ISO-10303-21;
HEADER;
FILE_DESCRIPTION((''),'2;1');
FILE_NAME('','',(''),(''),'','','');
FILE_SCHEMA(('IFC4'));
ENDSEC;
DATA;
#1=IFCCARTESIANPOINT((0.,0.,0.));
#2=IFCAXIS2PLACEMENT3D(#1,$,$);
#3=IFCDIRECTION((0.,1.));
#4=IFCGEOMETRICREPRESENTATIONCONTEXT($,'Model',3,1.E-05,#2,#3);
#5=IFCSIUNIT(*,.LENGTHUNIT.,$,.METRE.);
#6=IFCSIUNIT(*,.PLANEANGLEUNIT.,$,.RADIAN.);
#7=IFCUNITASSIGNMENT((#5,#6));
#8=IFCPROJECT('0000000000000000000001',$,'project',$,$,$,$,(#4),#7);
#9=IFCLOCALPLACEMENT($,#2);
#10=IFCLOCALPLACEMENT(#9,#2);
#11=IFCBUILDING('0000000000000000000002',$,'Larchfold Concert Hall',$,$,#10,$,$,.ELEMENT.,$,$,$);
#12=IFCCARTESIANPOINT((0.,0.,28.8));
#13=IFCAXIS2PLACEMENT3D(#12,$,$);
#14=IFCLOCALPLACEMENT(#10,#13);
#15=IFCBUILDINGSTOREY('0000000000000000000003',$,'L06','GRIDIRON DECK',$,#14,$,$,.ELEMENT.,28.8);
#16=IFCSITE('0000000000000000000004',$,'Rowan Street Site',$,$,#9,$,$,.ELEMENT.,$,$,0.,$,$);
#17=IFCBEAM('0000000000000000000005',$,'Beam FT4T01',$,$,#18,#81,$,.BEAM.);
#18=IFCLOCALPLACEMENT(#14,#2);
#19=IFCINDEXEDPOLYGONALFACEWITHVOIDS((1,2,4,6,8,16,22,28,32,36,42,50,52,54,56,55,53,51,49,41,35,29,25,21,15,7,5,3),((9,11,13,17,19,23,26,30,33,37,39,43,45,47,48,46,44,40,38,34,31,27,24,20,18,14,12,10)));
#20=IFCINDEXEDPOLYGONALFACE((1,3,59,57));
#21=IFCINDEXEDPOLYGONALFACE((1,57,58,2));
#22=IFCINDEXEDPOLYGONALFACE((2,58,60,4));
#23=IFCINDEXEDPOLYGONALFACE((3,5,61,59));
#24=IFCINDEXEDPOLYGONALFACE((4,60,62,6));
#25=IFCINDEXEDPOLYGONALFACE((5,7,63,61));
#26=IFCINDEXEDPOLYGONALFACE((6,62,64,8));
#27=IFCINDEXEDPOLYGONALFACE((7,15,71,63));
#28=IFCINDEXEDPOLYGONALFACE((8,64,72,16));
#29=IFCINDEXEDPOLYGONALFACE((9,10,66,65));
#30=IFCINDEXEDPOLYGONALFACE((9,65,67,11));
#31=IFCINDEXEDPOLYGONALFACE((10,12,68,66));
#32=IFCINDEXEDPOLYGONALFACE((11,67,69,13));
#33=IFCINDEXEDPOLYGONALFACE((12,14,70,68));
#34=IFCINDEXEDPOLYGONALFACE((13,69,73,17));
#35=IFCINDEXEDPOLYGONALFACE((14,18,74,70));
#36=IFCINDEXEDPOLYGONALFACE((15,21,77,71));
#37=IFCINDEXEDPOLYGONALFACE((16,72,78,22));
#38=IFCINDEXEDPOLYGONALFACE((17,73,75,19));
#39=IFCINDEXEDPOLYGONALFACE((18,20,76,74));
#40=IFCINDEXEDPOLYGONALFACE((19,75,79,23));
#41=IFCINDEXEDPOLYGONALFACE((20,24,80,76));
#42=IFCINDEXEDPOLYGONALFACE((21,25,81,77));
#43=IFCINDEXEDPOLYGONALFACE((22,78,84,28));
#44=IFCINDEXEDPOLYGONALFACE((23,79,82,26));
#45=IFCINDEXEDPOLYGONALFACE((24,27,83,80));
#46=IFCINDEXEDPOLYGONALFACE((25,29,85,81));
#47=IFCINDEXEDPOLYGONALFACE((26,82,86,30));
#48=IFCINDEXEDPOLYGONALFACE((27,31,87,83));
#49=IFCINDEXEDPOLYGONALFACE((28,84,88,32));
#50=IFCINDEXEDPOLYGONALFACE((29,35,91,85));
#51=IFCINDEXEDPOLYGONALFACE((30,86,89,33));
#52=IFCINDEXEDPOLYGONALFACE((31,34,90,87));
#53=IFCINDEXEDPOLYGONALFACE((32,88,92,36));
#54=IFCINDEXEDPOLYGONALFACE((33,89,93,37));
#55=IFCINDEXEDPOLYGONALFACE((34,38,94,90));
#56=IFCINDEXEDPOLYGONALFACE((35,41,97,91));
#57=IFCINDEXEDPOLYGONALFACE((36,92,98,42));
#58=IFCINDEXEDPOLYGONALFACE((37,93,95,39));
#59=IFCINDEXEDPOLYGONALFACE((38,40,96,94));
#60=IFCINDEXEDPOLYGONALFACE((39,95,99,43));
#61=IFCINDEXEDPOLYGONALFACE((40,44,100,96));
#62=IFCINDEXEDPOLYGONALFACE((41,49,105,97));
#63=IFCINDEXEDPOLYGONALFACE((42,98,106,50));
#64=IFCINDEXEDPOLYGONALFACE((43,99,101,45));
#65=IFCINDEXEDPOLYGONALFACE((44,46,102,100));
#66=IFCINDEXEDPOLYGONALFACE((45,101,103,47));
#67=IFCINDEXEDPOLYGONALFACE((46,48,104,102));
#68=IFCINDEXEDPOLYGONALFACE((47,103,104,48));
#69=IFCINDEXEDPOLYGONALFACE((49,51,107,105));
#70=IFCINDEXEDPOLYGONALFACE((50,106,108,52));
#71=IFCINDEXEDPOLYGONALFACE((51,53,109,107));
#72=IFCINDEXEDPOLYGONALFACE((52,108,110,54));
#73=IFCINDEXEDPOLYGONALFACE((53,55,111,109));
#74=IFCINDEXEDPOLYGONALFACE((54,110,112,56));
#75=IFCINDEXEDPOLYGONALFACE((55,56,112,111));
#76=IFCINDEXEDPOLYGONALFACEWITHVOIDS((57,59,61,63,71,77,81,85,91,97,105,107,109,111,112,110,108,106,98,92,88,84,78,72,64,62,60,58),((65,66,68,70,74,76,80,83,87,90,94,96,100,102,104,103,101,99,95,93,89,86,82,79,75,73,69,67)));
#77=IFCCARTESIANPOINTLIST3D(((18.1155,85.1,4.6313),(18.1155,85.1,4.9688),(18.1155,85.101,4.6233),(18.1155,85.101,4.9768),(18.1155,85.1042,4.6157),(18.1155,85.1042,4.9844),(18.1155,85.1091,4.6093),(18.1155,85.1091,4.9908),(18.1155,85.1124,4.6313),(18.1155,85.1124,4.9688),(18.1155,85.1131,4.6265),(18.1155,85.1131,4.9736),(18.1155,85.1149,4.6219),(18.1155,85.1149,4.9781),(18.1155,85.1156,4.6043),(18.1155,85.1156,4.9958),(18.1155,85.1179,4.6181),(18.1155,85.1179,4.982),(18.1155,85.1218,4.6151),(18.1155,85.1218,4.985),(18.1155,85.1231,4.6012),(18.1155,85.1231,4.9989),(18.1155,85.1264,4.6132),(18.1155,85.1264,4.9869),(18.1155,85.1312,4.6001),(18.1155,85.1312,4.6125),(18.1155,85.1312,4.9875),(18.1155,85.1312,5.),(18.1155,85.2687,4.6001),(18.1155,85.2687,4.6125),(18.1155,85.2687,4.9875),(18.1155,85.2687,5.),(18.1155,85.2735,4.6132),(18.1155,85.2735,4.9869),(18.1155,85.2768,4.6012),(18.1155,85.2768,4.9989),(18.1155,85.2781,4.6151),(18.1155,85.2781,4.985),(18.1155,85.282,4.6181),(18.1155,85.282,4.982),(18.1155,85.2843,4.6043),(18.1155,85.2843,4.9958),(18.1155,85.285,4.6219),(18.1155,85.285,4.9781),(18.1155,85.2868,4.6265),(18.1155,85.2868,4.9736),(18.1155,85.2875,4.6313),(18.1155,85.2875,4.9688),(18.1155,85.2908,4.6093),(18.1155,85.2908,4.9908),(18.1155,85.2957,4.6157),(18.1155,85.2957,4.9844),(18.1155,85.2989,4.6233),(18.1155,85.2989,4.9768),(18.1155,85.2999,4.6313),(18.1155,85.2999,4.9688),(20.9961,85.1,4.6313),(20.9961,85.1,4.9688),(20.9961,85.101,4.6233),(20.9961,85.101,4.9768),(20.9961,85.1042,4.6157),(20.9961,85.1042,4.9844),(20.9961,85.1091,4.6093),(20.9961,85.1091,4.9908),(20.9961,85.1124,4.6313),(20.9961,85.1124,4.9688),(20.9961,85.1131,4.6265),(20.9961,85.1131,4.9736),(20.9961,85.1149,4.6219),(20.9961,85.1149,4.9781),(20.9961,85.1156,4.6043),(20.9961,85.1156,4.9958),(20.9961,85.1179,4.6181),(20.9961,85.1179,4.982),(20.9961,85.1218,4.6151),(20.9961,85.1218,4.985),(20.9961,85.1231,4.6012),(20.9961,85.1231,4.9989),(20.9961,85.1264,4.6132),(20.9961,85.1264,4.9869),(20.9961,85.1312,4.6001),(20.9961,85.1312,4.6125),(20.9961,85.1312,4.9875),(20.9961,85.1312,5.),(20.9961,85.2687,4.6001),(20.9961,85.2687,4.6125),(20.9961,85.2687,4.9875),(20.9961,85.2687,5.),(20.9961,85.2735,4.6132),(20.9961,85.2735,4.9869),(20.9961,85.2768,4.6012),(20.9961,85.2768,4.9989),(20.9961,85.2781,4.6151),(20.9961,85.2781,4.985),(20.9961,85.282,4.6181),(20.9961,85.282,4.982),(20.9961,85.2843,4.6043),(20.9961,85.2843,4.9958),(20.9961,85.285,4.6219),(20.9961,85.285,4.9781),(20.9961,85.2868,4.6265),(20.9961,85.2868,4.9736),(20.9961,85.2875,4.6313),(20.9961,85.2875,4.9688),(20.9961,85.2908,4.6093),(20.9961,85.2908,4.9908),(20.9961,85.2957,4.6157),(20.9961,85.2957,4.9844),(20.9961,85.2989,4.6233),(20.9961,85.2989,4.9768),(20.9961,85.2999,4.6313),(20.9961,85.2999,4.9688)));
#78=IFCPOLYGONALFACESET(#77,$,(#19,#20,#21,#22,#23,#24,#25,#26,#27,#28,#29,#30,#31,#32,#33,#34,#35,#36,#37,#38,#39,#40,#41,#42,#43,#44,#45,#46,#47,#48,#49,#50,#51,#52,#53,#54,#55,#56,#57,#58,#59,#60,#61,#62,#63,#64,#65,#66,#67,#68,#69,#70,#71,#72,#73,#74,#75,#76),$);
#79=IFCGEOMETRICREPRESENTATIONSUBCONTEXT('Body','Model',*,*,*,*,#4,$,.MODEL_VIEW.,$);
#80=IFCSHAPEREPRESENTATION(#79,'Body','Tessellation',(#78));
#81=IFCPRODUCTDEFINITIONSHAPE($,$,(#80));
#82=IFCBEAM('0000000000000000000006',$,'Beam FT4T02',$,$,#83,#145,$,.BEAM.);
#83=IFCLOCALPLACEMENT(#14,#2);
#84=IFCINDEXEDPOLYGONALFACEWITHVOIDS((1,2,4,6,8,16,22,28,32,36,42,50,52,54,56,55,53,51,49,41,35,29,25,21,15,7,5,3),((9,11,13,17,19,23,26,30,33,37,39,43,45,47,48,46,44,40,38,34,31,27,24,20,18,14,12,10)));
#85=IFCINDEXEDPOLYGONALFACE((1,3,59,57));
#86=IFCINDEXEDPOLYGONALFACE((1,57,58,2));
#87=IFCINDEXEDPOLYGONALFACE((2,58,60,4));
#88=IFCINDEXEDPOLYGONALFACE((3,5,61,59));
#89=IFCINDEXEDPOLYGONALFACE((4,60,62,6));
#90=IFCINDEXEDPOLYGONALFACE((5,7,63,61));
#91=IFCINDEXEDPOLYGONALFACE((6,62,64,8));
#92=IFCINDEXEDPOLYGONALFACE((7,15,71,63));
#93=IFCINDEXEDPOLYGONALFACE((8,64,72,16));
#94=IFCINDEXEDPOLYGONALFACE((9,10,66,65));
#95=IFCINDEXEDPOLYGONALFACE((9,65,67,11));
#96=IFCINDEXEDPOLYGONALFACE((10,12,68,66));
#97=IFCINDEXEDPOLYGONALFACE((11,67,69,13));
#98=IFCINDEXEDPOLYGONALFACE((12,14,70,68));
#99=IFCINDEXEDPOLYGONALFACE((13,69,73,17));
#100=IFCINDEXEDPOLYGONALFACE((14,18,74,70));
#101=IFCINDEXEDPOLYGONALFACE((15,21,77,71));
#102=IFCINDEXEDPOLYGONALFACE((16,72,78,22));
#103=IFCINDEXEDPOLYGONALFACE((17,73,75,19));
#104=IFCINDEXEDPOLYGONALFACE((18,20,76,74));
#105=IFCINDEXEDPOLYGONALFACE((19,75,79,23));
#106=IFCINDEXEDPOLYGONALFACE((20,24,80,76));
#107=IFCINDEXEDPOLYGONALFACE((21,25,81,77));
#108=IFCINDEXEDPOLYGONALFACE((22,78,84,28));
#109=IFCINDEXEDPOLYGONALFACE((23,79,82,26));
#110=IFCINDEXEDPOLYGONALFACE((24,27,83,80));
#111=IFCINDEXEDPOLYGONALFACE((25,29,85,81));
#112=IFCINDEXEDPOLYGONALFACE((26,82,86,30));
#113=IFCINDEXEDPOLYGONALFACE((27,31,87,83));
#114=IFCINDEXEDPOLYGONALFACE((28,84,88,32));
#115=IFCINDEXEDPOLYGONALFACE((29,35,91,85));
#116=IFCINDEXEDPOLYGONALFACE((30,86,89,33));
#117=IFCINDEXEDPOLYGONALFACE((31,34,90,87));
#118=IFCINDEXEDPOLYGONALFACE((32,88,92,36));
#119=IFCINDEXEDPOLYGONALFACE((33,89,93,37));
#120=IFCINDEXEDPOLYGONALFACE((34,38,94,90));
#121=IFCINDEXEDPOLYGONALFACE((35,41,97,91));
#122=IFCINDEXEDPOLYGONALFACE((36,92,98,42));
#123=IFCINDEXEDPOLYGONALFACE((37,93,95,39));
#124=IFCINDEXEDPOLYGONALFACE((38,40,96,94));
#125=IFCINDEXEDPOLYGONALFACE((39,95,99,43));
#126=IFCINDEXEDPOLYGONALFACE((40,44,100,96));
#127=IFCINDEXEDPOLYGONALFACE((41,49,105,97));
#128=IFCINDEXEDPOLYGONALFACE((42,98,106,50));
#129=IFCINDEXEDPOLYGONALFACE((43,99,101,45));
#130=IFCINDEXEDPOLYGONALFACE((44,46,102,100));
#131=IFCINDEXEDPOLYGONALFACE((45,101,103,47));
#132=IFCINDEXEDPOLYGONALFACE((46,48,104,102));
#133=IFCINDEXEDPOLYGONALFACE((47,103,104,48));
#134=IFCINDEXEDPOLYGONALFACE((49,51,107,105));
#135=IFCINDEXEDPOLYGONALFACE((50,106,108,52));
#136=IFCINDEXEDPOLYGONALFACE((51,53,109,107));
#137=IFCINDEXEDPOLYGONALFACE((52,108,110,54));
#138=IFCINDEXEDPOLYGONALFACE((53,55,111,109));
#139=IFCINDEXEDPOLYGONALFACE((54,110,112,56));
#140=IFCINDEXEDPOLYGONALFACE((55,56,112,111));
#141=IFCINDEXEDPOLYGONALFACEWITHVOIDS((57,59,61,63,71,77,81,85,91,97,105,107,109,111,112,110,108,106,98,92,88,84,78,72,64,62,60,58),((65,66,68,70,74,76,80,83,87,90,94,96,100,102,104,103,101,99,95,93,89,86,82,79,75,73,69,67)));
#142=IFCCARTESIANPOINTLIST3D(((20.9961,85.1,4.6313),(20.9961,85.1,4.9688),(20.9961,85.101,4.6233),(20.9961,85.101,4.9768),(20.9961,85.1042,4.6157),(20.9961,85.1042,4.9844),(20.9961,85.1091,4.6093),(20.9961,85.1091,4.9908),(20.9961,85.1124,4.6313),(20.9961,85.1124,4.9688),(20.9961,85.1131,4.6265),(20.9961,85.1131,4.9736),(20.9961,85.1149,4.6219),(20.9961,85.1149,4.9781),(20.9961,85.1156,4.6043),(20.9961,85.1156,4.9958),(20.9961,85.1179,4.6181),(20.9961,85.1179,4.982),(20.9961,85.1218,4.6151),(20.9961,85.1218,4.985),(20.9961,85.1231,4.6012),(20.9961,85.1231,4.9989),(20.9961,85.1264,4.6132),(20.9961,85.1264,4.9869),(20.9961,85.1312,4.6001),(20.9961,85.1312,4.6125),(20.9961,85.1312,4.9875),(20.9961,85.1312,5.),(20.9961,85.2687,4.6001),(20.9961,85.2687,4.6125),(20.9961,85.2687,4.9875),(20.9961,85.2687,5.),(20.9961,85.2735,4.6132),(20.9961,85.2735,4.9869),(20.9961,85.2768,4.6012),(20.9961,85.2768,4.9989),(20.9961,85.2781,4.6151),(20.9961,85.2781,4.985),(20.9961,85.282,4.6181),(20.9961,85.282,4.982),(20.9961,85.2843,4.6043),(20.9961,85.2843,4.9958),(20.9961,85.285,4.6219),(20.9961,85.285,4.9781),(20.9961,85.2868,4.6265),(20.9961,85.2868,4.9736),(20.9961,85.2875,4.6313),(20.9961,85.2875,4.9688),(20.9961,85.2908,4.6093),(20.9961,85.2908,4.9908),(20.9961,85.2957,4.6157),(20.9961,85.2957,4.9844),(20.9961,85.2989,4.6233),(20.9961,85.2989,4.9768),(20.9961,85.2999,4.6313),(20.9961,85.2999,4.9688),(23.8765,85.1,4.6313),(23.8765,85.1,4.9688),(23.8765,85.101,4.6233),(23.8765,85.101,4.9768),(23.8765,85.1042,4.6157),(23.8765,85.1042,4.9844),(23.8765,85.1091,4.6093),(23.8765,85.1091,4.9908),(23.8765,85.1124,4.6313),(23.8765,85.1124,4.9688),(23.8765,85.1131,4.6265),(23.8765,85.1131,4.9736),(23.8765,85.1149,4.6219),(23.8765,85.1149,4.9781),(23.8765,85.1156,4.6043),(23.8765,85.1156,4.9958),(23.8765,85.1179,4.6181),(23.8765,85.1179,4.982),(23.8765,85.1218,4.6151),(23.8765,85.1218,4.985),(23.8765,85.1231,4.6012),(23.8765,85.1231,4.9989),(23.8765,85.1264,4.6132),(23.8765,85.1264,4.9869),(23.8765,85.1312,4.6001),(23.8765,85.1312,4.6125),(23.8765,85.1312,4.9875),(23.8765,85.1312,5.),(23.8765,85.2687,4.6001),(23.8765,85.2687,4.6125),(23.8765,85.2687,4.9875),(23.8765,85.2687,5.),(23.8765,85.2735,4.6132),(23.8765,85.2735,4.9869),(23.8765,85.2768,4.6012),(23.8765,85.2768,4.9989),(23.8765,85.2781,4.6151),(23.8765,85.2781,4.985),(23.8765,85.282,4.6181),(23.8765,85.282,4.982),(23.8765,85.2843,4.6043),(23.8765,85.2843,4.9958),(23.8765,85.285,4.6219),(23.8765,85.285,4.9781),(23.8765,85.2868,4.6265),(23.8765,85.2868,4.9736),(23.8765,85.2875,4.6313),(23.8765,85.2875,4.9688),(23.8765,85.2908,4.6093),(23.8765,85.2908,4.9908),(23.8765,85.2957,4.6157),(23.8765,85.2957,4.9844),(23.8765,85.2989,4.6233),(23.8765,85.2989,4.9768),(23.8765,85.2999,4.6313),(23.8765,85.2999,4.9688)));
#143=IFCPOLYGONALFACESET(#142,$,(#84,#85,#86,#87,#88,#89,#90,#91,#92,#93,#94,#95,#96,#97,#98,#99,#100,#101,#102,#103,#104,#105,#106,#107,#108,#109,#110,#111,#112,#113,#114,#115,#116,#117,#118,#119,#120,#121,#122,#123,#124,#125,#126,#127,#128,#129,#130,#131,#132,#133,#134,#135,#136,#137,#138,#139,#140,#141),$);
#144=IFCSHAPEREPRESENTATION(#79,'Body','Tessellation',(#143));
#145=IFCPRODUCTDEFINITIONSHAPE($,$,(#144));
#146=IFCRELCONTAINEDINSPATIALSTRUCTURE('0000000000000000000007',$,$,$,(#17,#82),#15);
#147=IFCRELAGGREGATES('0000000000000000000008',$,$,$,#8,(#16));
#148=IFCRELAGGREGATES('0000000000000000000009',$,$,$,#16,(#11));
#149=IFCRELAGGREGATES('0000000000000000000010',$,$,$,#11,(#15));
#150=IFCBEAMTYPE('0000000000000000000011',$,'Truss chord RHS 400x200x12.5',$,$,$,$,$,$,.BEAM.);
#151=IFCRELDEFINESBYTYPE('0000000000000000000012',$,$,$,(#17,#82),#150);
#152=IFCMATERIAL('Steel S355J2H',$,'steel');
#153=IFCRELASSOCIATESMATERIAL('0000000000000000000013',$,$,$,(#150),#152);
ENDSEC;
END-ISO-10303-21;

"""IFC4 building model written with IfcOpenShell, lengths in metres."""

from ifc_helpers import new_model, si_unit, direction, frame, origin, origin_2d, place, context, subcontext, project, spatial, hollow_rectangle, extrude, material, material_profile, profile_set, type_object, element, save


model = new_model("IFC4")

# Units and contexts
model_context = context("Model", 3, precision=1e-05, world=origin(), true_north=direction((0.0, 1.0)))
body_context = subcontext(model_context, "Body", "Model", "MODEL_VIEW")
ifc_project = project(units=[si_unit("LENGTHUNIT", "METRE"), si_unit("PLANEANGLEUNIT", "RADIAN")], contexts=[model_context])

# Site, building, storey
site_placement = place(None, origin())
site = spatial("IfcSite", under=ifc_project, at=site_placement, Name="Rowan Street Site", CompositionType="ELEMENT", RefElevation=0.0)
building_placement = place(site_placement, origin())
building = spatial("IfcBuilding", under=site, at=building_placement, Name="Larchfold Concert Hall", CompositionType="ELEMENT")
storey_placement = place(building_placement, frame((0.0, 0.0, 28.8)))
storey = spatial("IfcBuildingStorey", under=building, at=storey_placement, Name="L06", Description="GRIDIRON DECK", CompositionType="ELEMENT", Elevation=28.8)

# Beams
ifc_material_1 = material(Name="Steel S355J2H", Category="steel")
ifc_material_profile_1 = material_profile(ifc_material_1, hollow_rectangle(XDim=0.2, YDim=0.3999, WallThickness=0.0125, InnerFilletRadius=0.0188, OuterFilletRadius=0.0312, at=origin_2d()))
ifc_profile_set_1 = profile_set([ifc_material_profile_1], Name="Steel S355J2H")
beam_type_1 = type_object("IfcBeamType", Name="Truss chord RHS 400x200x12.5", PredefinedType="BEAM", material=ifc_profile_set_1)
beam_1_placement = place(storey_placement, frame((18.1155, 85.2, 4.8), z_axis=(1.0, 0.0, 0.0), x_axis=(0.0, 1.0, 0.0)))
element("IfcBeam", 1, at=beam_1_placement, inside=storey, type_object=beam_type_1, Name="Beam FT4T01", PredefinedType="BEAM", context=body_context, shape_type="SweptSolid", body=[
    extrude(hollow_rectangle(XDim=0.2, YDim=0.3999, WallThickness=0.0125, InnerFilletRadius=0.0188, OuterFilletRadius=0.0312, at=origin_2d()), origin(), (0.0, 0.0, 1.0), 2.8806),
])
beam_2_placement = place(storey_placement, frame((20.9961, 85.2, 4.8), z_axis=(1.0, 0.0, 0.0), x_axis=(0.0, 1.0, 0.0)))
element("IfcBeam", 2, at=beam_2_placement, inside=storey, type_object=beam_type_1, Name="Beam FT4T02", PredefinedType="BEAM", context=body_context, shape_type="SweptSolid", body=[
    extrude(hollow_rectangle(XDim=0.2, YDim=0.3999, WallThickness=0.0125, InnerFilletRadius=0.0188, OuterFilletRadius=0.0312, at=origin_2d()), origin(), (0.0, 0.0, 1.0), 2.8804),
])

save(model, "model.ifc")
